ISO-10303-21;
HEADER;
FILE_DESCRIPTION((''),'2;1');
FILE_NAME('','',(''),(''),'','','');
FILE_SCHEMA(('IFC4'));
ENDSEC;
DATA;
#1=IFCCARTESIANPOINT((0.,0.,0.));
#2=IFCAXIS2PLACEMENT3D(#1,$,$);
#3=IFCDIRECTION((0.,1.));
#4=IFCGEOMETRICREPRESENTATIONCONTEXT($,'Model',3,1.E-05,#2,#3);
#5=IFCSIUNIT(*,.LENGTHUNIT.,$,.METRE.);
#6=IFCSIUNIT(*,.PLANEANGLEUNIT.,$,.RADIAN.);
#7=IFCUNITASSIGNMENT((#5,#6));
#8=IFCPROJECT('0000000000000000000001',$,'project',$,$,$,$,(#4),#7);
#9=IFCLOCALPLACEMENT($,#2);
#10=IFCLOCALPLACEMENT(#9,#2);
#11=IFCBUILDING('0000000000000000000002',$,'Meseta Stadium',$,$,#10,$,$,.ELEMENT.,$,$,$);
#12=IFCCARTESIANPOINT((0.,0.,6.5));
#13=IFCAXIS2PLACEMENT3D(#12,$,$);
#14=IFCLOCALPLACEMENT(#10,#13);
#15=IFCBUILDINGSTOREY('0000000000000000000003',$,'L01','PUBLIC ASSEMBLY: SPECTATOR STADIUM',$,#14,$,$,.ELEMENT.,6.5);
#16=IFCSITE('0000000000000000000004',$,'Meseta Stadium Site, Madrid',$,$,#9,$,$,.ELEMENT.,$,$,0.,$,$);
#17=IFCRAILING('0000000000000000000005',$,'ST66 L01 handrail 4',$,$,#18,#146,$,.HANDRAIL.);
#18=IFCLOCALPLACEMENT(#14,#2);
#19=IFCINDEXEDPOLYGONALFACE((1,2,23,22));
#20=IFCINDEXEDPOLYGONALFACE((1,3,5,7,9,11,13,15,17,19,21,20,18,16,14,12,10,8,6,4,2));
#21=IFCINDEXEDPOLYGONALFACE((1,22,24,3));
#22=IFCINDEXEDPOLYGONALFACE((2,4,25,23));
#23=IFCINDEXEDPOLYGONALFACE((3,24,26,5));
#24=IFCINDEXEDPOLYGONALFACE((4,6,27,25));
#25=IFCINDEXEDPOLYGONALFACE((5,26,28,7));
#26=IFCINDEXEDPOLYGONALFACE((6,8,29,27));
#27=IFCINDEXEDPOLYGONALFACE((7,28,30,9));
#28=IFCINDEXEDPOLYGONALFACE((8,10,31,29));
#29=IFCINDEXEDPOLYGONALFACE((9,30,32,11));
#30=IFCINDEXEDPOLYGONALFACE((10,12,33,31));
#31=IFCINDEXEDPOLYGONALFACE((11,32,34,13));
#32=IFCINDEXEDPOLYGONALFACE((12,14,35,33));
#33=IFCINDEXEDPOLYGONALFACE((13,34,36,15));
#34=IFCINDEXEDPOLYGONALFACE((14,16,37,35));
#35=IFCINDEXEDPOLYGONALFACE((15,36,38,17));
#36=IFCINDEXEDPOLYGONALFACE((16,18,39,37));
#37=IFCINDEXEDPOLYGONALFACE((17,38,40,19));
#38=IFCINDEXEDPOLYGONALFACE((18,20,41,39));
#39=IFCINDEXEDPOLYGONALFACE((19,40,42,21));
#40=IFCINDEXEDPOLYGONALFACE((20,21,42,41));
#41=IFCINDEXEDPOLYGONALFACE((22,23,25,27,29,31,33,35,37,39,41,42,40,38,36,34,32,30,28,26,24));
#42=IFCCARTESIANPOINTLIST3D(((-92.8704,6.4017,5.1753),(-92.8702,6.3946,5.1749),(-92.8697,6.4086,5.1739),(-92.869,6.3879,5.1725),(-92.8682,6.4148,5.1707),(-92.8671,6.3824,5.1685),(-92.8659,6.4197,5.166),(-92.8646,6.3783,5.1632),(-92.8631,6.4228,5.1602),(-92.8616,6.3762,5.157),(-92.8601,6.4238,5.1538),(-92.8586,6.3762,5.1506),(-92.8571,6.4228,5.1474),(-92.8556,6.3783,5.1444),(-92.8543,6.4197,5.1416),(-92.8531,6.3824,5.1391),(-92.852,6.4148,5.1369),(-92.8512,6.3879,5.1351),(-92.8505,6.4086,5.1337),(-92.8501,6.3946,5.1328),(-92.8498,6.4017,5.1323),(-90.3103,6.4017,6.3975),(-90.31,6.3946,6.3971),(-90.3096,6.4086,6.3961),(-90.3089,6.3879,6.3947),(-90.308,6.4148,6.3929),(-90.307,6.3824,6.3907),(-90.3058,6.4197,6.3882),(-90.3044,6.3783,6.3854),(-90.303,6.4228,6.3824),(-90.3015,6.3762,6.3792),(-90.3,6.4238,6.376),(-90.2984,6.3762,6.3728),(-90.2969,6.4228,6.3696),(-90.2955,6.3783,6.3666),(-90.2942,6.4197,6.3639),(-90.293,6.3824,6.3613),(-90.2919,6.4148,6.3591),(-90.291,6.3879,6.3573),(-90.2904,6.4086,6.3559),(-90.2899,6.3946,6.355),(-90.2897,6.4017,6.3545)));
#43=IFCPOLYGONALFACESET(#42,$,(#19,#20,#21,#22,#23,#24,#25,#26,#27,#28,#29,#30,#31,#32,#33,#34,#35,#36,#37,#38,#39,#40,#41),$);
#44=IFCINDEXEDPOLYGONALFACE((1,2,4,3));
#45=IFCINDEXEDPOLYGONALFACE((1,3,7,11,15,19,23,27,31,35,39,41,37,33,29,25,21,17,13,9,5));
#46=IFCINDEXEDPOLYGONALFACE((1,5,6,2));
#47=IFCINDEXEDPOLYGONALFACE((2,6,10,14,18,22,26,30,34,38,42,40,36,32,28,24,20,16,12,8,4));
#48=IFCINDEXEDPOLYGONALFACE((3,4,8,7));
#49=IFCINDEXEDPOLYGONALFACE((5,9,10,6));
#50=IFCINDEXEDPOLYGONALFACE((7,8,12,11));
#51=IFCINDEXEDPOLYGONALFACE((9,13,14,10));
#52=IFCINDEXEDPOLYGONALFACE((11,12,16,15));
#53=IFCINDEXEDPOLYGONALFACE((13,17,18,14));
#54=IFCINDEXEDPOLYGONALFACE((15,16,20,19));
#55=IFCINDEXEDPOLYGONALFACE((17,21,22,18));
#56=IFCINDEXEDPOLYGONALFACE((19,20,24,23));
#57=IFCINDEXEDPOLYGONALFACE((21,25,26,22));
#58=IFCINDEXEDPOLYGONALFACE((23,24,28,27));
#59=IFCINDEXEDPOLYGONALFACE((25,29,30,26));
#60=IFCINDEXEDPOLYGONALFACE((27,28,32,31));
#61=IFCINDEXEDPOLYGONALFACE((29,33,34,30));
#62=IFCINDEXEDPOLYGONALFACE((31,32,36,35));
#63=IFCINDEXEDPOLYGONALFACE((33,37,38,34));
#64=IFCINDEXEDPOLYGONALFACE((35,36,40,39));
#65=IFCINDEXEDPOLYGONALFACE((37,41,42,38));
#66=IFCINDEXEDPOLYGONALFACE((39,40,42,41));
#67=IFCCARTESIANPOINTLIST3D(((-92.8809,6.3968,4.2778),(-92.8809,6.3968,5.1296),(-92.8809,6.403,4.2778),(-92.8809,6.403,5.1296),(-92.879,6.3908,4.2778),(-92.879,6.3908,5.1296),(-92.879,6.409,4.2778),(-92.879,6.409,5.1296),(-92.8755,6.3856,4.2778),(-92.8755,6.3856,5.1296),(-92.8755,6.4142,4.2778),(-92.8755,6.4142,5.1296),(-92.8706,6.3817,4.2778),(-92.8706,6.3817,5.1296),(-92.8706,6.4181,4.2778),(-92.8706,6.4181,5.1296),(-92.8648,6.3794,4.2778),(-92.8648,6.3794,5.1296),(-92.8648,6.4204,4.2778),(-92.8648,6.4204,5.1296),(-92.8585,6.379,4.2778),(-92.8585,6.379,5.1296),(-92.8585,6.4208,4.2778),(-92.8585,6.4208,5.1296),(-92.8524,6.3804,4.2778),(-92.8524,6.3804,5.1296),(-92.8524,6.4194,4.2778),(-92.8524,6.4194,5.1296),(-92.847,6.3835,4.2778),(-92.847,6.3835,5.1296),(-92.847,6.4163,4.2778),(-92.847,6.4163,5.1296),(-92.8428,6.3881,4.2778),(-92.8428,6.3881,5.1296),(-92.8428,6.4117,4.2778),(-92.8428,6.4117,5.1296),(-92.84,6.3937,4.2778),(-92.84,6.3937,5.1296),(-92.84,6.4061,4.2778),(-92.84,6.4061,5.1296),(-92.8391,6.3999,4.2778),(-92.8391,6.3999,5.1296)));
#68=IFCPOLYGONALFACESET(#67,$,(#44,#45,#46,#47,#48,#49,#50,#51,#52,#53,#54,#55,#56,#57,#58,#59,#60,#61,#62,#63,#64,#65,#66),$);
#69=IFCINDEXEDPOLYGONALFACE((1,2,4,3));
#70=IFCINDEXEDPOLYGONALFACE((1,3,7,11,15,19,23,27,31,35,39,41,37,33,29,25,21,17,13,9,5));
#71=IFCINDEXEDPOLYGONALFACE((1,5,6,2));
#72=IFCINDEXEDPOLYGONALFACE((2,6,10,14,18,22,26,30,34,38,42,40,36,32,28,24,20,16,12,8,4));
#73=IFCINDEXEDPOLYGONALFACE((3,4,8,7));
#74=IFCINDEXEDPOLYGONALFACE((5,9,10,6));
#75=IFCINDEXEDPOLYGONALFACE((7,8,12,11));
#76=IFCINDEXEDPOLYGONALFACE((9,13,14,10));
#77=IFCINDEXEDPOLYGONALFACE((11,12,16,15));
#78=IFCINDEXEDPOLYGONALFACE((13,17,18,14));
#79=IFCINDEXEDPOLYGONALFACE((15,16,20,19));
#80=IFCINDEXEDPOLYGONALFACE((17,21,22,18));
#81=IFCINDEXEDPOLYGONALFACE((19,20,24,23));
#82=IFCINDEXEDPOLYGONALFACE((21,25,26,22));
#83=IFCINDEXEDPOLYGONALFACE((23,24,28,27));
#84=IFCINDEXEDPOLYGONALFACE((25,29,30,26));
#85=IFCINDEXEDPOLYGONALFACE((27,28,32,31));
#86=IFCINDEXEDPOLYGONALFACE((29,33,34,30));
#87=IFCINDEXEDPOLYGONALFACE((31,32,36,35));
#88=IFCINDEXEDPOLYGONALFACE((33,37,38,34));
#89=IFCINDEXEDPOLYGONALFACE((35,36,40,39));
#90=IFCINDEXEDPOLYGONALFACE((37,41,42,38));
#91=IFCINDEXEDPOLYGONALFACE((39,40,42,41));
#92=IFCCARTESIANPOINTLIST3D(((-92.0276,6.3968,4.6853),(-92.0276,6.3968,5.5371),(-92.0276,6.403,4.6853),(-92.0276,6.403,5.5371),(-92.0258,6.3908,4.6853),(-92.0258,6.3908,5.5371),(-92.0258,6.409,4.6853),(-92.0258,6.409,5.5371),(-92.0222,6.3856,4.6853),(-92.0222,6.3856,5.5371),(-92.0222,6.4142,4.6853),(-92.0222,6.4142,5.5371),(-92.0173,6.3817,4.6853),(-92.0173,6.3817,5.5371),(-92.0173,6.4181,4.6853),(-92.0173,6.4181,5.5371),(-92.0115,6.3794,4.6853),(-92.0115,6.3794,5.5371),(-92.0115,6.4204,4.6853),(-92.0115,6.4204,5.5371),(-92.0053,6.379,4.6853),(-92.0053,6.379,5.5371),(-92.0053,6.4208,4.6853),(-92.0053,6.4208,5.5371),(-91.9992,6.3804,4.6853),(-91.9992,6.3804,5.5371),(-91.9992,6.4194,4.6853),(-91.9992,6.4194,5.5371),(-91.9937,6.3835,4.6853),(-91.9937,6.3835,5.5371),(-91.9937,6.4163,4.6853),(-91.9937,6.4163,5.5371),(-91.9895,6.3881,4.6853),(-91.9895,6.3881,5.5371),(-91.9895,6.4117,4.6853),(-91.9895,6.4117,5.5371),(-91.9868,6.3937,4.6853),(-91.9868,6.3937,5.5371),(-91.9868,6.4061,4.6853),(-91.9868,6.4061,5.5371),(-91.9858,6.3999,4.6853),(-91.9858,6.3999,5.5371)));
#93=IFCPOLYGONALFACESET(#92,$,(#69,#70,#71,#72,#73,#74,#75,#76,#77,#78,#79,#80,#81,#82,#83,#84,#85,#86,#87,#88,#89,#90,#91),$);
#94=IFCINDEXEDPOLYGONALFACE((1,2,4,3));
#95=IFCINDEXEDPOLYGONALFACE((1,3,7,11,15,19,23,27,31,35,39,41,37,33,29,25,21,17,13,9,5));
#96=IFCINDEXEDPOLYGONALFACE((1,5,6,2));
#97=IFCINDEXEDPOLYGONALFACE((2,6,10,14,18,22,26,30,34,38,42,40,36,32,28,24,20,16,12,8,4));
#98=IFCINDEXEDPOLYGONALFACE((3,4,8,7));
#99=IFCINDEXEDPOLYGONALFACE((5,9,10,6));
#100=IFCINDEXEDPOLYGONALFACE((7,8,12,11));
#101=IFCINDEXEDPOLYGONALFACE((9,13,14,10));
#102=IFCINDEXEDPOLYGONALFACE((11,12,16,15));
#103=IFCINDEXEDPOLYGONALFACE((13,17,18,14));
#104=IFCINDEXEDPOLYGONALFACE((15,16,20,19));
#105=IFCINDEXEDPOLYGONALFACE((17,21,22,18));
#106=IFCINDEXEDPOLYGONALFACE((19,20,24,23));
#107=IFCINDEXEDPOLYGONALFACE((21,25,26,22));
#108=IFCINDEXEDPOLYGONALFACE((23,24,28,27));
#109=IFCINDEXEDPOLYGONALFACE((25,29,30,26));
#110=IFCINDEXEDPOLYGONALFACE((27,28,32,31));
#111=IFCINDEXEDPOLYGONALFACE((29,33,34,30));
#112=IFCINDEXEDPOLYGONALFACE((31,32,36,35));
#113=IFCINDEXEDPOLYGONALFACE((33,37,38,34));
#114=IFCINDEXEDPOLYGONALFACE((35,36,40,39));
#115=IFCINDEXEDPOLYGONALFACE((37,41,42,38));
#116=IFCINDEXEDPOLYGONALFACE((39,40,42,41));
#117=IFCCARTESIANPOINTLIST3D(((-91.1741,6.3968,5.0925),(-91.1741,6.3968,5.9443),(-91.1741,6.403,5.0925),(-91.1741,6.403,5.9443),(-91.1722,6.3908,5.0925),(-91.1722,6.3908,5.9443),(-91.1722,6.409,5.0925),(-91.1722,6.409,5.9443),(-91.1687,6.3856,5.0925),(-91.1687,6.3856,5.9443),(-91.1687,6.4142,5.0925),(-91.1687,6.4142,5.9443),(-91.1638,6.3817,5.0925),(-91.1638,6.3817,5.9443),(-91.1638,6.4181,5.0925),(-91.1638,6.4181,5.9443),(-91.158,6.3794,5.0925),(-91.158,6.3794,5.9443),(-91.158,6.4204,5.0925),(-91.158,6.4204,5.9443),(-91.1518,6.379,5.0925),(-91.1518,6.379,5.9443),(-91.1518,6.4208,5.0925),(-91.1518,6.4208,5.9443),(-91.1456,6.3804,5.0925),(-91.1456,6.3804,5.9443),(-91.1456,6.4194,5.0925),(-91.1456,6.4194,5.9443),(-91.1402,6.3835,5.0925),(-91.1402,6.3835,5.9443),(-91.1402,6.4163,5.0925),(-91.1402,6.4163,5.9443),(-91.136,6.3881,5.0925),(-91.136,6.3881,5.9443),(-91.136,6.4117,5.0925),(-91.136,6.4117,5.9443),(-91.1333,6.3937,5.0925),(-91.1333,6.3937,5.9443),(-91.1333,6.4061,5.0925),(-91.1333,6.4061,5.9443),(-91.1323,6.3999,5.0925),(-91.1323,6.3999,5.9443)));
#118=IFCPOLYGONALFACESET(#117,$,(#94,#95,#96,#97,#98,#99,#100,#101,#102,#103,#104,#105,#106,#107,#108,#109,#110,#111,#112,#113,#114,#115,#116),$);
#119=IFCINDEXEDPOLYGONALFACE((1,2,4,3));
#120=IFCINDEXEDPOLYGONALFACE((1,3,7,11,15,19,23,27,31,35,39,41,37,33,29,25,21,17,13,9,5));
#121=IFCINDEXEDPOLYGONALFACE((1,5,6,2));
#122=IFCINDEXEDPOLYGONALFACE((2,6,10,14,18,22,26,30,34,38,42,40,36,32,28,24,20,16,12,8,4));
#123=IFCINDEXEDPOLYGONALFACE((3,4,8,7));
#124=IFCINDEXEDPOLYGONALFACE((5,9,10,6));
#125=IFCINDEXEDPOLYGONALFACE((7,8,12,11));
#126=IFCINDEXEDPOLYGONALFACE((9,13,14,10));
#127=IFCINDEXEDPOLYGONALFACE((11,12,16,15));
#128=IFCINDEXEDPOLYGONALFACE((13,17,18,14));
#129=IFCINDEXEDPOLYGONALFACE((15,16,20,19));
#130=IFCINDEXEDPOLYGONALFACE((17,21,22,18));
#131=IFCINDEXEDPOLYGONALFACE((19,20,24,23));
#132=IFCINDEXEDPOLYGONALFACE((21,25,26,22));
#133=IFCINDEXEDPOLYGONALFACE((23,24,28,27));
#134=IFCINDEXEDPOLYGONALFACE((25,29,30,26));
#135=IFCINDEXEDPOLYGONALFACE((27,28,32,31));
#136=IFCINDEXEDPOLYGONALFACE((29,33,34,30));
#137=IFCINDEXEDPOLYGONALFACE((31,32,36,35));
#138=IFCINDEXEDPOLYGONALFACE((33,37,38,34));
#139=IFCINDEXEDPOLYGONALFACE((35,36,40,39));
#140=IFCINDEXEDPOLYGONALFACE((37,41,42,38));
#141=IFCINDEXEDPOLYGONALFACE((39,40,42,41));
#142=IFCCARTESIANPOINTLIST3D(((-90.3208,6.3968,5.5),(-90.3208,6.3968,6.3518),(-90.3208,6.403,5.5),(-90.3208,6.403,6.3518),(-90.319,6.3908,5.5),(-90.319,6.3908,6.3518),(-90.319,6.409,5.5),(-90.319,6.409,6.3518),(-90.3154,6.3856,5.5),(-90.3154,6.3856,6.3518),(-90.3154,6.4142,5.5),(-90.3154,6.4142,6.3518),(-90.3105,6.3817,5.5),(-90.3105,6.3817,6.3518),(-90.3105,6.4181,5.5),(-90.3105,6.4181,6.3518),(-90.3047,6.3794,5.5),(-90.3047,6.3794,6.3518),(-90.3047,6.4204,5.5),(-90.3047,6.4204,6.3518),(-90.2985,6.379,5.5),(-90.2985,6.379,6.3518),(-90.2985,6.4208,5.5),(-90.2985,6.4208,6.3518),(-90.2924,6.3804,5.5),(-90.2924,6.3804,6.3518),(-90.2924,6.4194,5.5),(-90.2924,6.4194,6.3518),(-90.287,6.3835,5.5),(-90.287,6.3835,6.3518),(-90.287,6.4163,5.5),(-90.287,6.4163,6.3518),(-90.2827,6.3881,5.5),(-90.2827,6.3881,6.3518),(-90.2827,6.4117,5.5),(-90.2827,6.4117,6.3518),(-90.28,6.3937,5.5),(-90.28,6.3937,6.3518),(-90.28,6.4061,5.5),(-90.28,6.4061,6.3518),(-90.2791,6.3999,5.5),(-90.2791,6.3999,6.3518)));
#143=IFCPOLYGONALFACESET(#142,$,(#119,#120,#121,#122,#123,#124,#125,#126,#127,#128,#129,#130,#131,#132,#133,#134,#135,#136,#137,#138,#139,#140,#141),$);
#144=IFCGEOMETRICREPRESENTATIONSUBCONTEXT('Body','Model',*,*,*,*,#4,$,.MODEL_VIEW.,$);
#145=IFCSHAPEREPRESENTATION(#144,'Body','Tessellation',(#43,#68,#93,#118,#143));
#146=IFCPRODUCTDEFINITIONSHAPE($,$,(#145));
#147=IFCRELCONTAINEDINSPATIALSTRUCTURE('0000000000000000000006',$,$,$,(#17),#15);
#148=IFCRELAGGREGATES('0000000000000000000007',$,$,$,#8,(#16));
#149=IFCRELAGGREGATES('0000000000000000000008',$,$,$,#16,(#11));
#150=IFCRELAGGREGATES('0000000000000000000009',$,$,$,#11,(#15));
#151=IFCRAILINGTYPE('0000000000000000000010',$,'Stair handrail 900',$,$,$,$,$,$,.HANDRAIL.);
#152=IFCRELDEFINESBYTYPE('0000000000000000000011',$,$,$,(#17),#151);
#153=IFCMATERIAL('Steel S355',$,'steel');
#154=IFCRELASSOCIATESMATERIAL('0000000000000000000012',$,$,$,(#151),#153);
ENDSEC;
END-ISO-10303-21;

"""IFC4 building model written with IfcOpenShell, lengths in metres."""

from ifc_helpers import new_model, si_unit, direction, frame, origin, origin_2d, place, context, subcontext, project, spatial, circle, extrude, material, type_object, element, save


model = new_model("IFC4")

# Units and contexts
model_context = context("Model", 3, precision=1e-05, world=origin(), true_north=direction((0.0, 1.0)))
body_context = subcontext(model_context, "Body", "Model", "MODEL_VIEW")
ifc_project = project(units=[si_unit("LENGTHUNIT", "METRE"), si_unit("PLANEANGLEUNIT", "RADIAN")], contexts=[model_context])

# Site, building, storey
site_placement = place(None, origin())
site = spatial("IfcSite", under=ifc_project, at=site_placement, Name="Meseta Stadium Site, Madrid", CompositionType="ELEMENT", RefElevation=0.0)
building_placement = place(site_placement, origin())
building = spatial("IfcBuilding", under=site, at=building_placement, Name="Meseta Stadium", CompositionType="ELEMENT")
storey_placement = place(building_placement, frame((0.0, 0.0, 6.5)))
storey = spatial("IfcBuildingStorey", under=building, at=storey_placement, Name="L01", Description="PUBLIC ASSEMBLY: SPECTATOR STADIUM", CompositionType="ELEMENT", Elevation=6.5)

# Railing
ifc_material_1 = material(Name="Steel S355", Category="steel")
railing_type_1 = type_object("IfcRailingType", Name="Stair handrail 900", PredefinedType="HANDRAIL", material=ifc_material_1)
railing_1_placement = place(storey_placement, frame((-92.8601, 6.3999, 4.2778)))
element("IfcRailing", 1, at=railing_1_placement, inside=storey, type_object=railing_type_1, Name="ST66 L01 handrail 4", PredefinedType="HANDRAIL", context=body_context, shape_type="SweptSolid", body=[
    extrude(circle(Radius=0.0239, at=origin_2d()), frame((0.0, 0.0, 0.876), z_axis=(0.902437, 0.0, 0.430822), x_axis=(0.0, 1.0, 0.0)), (0.0, 0.0, 1.0), 2.8369),
    extrude(circle(Radius=0.021, at=origin_2d()), origin(), (0.0, 0.0, 1.0), 0.8518),
    extrude(circle(Radius=0.021, at=origin_2d()), frame((0.8533, 0.0, 0.4075)), (0.0, 0.0, 1.0), 0.8518),
    extrude(circle(Radius=0.021, at=origin_2d()), frame((1.7068, 0.0, 0.8147)), (0.0, 0.0, 1.0), 0.8518),
    extrude(circle(Radius=0.021, at=origin_2d()), frame((2.5601, 0.0, 1.2222)), (0.0, 0.0, 1.0), 0.8518),
])

save(model, "model.ifc")
